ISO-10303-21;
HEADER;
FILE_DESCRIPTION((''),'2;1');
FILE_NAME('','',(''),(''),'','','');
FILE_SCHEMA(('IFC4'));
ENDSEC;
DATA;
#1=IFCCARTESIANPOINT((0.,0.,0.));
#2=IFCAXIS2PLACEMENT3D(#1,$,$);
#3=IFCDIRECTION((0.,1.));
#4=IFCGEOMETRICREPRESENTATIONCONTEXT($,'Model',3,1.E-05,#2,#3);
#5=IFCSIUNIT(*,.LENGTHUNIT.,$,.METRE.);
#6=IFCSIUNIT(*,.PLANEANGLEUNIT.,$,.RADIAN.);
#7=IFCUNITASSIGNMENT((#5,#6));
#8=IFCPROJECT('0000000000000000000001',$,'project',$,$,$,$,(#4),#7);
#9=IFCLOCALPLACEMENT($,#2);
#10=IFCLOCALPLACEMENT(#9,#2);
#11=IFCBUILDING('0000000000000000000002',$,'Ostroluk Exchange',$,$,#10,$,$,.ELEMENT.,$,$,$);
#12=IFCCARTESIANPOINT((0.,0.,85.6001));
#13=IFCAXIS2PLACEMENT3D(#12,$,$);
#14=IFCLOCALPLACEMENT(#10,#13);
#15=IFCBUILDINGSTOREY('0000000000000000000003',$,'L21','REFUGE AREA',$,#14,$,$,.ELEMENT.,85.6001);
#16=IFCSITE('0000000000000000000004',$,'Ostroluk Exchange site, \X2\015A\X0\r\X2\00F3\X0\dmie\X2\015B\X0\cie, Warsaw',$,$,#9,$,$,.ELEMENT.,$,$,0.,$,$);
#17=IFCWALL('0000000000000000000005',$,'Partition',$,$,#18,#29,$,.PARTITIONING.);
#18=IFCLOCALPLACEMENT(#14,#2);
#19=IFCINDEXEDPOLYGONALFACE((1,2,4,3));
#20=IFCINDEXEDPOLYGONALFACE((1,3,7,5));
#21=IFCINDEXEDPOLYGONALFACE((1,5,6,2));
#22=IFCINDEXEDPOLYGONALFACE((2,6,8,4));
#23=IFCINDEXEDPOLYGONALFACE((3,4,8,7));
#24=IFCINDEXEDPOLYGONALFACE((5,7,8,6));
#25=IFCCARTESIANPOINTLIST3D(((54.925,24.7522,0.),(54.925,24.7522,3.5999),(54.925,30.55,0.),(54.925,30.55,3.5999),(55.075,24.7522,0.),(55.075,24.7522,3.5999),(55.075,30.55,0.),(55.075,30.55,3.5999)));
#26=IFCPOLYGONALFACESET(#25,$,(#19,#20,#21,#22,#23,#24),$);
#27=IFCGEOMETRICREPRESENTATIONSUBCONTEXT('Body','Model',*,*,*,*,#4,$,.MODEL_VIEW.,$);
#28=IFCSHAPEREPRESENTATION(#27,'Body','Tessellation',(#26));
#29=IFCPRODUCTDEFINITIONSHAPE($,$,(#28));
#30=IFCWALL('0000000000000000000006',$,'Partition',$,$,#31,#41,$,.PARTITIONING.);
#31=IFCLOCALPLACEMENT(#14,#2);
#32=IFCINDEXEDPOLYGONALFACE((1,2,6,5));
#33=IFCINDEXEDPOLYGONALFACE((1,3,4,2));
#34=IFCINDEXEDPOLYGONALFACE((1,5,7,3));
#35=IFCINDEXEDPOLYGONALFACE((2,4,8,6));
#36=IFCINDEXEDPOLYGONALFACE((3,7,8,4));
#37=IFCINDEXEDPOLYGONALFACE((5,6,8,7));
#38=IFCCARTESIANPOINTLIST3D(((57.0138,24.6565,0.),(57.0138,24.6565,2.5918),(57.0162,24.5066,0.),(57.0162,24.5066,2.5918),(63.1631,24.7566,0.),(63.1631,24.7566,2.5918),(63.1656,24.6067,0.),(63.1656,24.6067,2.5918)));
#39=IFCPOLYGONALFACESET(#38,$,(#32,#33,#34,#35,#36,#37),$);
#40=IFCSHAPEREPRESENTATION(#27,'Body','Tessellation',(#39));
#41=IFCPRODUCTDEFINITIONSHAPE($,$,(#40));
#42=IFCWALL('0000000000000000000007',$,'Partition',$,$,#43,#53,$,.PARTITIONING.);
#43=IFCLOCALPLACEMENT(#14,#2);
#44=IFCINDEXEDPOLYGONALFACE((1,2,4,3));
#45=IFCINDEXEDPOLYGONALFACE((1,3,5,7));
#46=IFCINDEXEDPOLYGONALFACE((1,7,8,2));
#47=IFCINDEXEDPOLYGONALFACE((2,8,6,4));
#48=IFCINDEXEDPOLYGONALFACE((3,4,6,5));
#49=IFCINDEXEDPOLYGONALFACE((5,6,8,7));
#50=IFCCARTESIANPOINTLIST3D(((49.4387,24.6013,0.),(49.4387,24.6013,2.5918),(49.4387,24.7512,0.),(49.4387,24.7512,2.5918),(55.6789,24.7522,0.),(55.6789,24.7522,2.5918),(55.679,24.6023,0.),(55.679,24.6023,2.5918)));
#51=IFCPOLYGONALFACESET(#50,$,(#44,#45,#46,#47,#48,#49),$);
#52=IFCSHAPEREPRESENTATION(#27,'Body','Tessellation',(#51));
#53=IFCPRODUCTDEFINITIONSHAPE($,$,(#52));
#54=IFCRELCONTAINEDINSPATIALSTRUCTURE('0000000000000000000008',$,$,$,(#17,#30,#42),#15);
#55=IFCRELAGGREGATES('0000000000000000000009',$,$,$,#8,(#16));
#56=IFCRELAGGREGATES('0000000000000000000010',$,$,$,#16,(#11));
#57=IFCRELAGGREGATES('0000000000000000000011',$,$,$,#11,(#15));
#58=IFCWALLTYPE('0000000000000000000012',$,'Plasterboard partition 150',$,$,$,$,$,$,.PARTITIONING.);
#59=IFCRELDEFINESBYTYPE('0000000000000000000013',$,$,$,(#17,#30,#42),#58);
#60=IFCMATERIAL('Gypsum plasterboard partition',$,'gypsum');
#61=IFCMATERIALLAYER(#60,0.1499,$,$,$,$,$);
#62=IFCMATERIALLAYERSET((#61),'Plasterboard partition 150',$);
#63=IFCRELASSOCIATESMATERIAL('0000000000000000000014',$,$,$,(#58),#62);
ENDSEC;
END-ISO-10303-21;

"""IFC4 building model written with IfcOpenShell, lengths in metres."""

from ifc_helpers import new_model, si_unit, direction, frame, frame_2d, origin, place, context, subcontext, project, spatial, rectangle, extrude, material, layer, layer_set, type_object, element, save


model = new_model("IFC4")

# Units and contexts
model_context = context("Model", 3, precision=1e-05, world=origin(), true_north=direction((0.0, 1.0)))
body_context = subcontext(model_context, "Body", "Model", "MODEL_VIEW")
ifc_project = project(units=[si_unit("LENGTHUNIT", "METRE"), si_unit("PLANEANGLEUNIT", "RADIAN")], contexts=[model_context])

# Site, building, storey
site_placement = place(None, origin())
site = spatial("IfcSite", under=ifc_project, at=site_placement, Name="Ostroluk Exchange site, Śródmieście, Warsaw", CompositionType="ELEMENT", RefElevation=0.0)
building_placement = place(site_placement, origin())
building = spatial("IfcBuilding", under=site, at=building_placement, Name="Ostroluk Exchange", CompositionType="ELEMENT")
storey_placement = place(building_placement, frame((0.0, 0.0, 85.6001)))
storey = spatial("IfcBuildingStorey", under=building, at=storey_placement, Name="L21", Description="REFUGE AREA", CompositionType="ELEMENT", Elevation=85.6001)

# Walls
ifc_material_1 = material(Name="Gypsum plasterboard partition", Category="gypsum")
ifc_layer_1 = layer(ifc_material_1, 0.1499)
ifc_layer_set_1 = layer_set([ifc_layer_1], Name="Plasterboard partition 150")
wall_type_1 = type_object("IfcWallType", Name="Plasterboard partition 150", PredefinedType="PARTITIONING", material=ifc_layer_set_1)
wall_1_placement = place(storey_placement, frame((55.0, 30.55, 0.0), z_axis=(0.0, 0.0, 1.0), x_axis=(0.0, -1.0, 0.0)))
element("IfcWall", 1, at=wall_1_placement, inside=storey, type_object=wall_type_1, Name="Partition", PredefinedType="PARTITIONING", context=body_context, shape_type="SweptSolid", body=[
    extrude(rectangle(XDim=5.7979, YDim=0.1499, at=frame_2d((2.8989, 0.0))), origin(), (0.0, 0.0, 1.0), 3.5999),
])
wall_2_placement = place(storey_placement, frame((57.0149, 24.5815, 0.0), z_axis=(0.0, 0.0, 1.0), x_axis=(0.999868, 0.016275, 0.0)))
element("IfcWall", 2, at=wall_2_placement, inside=storey, type_object=wall_type_1, Name="Partition", PredefinedType="PARTITIONING", context=body_context, shape_type="SweptSolid", body=[
    extrude(rectangle(XDim=6.1501, YDim=0.1499, at=frame_2d((3.0752, 0.0))), origin(), (0.0, 0.0, 1.0), 2.5918),
])
wall_3_placement = place(storey_placement, frame((49.4387, 24.6763, 0.0), z_axis=(0.0, 0.0, 1.0), x_axis=(1.0, 0.000156, 0.0)))
element("IfcWall", 3, at=wall_3_placement, inside=storey, type_object=wall_type_1, Name="Partition", PredefinedType="PARTITIONING", context=body_context, shape_type="SweptSolid", body=[
    extrude(rectangle(XDim=6.2402, YDim=0.1499, at=frame_2d((3.1201, 0.0))), origin(), (0.0, 0.0, 1.0), 2.5918),
])

save(model, "model.ifc")
